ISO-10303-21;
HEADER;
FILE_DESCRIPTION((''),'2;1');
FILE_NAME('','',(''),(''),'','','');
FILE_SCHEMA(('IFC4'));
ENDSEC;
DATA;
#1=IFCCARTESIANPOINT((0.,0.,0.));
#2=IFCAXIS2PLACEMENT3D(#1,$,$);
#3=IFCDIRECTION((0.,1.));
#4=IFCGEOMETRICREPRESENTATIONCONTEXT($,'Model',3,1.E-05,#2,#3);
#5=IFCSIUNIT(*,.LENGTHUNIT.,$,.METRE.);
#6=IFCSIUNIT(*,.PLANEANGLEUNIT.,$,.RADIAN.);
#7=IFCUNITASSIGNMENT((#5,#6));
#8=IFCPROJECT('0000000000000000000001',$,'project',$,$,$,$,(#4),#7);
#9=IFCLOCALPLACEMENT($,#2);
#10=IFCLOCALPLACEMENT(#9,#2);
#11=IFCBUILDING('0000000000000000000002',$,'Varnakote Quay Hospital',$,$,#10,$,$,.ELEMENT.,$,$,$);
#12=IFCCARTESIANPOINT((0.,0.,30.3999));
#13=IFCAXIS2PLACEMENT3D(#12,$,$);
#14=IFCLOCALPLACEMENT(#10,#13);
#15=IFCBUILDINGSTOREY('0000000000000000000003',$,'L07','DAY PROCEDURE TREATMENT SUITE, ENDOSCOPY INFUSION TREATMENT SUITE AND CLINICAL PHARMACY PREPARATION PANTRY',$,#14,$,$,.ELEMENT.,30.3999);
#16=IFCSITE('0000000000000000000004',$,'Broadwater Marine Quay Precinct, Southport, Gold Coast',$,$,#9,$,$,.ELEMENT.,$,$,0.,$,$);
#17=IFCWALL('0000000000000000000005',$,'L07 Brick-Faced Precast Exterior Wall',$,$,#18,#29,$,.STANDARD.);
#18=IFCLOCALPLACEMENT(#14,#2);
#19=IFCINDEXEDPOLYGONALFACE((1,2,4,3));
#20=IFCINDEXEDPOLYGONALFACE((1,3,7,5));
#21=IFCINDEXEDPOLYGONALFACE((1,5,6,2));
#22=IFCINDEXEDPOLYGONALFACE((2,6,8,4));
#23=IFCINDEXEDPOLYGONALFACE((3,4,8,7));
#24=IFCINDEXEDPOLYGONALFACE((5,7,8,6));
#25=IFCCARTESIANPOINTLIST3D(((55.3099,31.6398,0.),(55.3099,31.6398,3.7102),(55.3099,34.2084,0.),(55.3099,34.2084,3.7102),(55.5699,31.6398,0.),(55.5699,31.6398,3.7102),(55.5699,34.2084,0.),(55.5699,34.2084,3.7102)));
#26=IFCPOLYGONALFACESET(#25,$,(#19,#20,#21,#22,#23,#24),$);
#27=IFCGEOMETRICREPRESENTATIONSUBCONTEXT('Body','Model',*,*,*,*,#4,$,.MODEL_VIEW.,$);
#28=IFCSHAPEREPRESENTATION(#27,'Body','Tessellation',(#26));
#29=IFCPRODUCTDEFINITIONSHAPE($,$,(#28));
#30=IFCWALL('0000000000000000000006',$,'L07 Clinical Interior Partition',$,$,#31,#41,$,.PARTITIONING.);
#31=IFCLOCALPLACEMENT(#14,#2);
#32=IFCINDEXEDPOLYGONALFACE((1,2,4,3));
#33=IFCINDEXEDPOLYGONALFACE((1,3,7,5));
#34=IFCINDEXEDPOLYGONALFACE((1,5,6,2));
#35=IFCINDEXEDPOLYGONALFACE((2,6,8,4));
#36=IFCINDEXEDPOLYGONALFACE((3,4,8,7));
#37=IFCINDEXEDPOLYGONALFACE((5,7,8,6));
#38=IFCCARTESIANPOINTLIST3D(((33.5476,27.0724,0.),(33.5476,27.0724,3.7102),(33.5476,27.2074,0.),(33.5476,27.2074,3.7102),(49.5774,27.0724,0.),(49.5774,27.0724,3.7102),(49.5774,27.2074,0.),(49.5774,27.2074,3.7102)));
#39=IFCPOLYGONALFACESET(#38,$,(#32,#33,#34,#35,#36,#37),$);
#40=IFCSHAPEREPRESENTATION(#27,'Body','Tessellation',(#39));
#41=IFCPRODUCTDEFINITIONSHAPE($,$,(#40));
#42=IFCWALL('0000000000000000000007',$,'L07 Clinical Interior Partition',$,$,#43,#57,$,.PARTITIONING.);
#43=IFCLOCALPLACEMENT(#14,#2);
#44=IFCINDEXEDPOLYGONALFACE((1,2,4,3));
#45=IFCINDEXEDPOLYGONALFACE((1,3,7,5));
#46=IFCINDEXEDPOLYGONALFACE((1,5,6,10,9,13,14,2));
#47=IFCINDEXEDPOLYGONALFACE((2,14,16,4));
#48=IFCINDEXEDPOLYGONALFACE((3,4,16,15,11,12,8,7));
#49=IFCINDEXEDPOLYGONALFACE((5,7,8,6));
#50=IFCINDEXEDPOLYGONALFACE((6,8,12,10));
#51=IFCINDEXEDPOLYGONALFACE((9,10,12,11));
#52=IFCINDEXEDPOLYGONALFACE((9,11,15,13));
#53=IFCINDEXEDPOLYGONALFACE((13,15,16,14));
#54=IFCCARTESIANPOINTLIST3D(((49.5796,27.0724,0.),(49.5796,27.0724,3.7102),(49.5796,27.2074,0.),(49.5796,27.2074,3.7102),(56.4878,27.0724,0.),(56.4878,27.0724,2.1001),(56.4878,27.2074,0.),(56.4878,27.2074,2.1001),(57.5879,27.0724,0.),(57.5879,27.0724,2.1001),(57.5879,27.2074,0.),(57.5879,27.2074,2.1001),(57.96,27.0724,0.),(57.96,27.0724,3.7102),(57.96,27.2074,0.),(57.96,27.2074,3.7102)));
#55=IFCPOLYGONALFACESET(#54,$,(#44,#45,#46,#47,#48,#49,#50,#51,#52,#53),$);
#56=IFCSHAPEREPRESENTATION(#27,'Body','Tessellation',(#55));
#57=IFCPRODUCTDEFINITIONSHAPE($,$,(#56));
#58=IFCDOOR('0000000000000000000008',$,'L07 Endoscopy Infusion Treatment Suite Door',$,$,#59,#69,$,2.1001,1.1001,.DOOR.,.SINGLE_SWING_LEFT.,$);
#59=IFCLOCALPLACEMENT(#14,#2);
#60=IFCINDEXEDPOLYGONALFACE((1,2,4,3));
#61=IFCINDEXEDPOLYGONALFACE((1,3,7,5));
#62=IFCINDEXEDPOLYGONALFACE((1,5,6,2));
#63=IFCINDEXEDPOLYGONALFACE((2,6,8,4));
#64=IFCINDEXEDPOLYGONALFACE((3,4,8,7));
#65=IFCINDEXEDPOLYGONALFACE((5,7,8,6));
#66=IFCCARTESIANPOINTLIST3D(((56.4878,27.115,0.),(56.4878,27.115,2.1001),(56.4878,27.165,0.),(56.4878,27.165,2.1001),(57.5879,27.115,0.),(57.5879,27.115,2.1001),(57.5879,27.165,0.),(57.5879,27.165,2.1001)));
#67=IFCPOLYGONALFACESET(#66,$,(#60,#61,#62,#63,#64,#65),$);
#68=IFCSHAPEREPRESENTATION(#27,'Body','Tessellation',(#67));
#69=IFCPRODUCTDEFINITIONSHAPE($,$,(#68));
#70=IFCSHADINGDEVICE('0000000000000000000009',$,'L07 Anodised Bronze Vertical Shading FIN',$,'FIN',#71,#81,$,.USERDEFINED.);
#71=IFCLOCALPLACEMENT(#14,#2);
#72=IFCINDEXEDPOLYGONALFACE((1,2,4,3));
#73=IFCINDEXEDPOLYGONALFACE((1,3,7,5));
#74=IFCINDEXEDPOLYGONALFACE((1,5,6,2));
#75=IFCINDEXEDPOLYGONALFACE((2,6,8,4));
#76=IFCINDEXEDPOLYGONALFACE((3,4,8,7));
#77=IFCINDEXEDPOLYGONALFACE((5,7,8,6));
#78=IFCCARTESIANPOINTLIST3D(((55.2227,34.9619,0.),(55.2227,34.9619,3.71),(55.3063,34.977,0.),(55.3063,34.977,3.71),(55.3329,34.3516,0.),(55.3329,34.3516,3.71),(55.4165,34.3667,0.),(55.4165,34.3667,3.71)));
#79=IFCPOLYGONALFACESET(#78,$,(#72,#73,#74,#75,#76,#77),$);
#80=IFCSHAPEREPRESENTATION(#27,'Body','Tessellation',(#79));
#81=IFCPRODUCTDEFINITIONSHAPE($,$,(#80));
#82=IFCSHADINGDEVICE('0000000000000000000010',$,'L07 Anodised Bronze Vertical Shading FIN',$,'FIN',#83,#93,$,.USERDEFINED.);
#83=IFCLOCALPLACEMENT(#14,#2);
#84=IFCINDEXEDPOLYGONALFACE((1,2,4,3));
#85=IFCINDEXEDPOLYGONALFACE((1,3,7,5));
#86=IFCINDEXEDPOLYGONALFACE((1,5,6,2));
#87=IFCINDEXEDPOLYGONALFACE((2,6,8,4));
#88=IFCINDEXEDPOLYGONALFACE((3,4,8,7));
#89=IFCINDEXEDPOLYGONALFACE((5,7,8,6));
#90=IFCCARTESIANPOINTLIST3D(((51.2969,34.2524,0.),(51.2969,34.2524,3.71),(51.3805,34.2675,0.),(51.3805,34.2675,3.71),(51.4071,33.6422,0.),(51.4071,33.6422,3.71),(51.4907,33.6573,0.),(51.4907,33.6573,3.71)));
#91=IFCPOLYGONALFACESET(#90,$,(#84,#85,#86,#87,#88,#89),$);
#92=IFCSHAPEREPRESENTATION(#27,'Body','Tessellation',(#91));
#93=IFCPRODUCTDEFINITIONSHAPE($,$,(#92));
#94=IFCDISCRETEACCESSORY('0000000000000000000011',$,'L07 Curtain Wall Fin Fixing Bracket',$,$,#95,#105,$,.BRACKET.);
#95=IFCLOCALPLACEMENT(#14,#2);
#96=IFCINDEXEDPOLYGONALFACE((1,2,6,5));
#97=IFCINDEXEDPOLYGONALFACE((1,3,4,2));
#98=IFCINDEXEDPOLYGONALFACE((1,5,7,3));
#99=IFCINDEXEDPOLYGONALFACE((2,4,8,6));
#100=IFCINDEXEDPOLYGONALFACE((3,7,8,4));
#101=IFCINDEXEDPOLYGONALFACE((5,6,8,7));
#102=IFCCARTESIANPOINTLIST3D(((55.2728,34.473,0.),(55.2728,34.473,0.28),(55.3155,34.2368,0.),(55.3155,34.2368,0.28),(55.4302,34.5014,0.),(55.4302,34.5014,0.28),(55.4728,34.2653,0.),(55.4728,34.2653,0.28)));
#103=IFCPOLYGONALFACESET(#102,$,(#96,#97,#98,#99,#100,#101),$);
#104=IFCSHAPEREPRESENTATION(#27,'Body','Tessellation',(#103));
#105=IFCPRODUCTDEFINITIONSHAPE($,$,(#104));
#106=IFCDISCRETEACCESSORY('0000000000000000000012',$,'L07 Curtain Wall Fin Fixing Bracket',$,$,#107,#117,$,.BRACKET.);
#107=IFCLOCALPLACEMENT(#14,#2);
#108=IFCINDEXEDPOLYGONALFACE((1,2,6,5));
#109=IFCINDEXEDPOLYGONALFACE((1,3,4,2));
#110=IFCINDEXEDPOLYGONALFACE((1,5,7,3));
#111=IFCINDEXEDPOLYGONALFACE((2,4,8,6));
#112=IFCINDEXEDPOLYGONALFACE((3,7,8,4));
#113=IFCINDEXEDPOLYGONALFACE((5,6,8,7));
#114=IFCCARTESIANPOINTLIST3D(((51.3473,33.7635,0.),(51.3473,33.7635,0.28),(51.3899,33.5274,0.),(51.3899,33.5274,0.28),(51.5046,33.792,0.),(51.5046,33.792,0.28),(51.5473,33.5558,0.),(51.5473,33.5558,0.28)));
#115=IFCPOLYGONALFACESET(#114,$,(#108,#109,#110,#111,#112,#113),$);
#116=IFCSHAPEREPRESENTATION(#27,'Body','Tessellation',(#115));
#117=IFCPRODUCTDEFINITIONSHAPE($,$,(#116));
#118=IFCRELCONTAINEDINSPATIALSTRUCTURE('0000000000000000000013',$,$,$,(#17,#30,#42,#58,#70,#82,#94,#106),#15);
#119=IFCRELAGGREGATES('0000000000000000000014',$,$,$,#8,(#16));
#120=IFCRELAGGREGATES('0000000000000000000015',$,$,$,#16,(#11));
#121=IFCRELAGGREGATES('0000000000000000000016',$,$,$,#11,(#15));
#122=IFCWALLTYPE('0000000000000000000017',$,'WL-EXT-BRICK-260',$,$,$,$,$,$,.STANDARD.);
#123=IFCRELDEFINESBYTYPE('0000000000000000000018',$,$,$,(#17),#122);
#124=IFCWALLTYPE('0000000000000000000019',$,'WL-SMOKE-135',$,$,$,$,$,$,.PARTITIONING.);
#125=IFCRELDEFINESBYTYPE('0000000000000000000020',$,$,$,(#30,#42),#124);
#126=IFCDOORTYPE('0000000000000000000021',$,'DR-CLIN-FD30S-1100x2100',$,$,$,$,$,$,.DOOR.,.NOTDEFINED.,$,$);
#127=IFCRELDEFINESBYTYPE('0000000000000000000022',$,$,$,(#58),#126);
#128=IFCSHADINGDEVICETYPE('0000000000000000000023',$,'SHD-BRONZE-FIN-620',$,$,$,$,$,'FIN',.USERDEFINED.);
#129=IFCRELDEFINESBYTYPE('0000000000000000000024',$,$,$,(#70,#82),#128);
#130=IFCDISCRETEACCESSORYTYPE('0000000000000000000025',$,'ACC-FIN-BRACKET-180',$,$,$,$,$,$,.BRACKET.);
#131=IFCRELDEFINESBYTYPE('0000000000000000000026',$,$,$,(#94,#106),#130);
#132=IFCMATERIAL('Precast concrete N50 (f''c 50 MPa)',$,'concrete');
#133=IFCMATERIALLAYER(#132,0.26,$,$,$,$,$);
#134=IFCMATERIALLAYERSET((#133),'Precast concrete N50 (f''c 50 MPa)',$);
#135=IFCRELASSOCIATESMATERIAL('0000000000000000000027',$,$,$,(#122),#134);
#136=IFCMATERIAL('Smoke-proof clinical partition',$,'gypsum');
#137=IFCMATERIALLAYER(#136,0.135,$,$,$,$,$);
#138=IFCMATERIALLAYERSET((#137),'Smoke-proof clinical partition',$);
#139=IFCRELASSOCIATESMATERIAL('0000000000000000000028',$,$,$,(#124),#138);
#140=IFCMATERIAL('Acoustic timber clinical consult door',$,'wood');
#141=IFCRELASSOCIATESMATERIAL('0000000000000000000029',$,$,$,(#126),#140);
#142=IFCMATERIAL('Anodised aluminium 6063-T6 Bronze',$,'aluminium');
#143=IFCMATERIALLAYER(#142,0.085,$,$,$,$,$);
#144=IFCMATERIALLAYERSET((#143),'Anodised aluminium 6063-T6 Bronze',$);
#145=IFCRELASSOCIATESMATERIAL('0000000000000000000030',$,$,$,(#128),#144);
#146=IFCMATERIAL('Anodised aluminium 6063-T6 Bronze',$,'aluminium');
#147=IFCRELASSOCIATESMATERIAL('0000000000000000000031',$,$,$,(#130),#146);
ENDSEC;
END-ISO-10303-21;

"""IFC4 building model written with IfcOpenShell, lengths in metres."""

from ifc_helpers import new_model, si_unit, direction, frame, frame_2d, origin, origin_2d, place, context, subcontext, project, spatial, rectangle, extrude, material, layer, layer_set, type_object, element, fill, save


model = new_model("IFC4")

# Units and contexts
model_context = context("Model", 3, precision=1e-05, world=origin(), true_north=direction((0.0, 1.0)))
body_context = subcontext(model_context, "Body", "Model", "MODEL_VIEW")
ifc_project = project(units=[si_unit("LENGTHUNIT", "METRE"), si_unit("PLANEANGLEUNIT", "RADIAN")], contexts=[model_context])

# Site, building, storey
site_placement = place(None, origin())
site = spatial("IfcSite", under=ifc_project, at=site_placement, Name="Broadwater Marine Quay Precinct, Southport, Gold Coast", CompositionType="ELEMENT", RefElevation=0.0)
building_placement = place(site_placement, origin())
building = spatial("IfcBuilding", under=site, at=building_placement, Name="Varnakote Quay Hospital", CompositionType="ELEMENT")
storey_placement = place(building_placement, frame((0.0, 0.0, 30.3999)))
storey = spatial("IfcBuildingStorey", under=building, at=storey_placement, Name="L07", Description="DAY PROCEDURE TREATMENT SUITE, ENDOSCOPY INFUSION TREATMENT SUITE AND CLINICAL PHARMACY PREPARATION PANTRY", CompositionType="ELEMENT", Elevation=30.3999)

# Walls
ifc_material_1 = material(Name="Precast concrete N50 (f'c 50 MPa)", Category="concrete")
ifc_layer_1 = layer(ifc_material_1, 0.26)
ifc_layer_set_1 = layer_set([ifc_layer_1], Name="Precast concrete N50 (f'c 50 MPa)")
wall_type_1 = type_object("IfcWallType", Name="WL-EXT-BRICK-260", PredefinedType="STANDARD", material=ifc_layer_set_1)
wall_1_placement = place(storey_placement, frame((55.4399, 31.6399, 0.0), z_axis=(0.0, 0.0, 1.0), x_axis=(0.0, 1.0, 0.0)))
element("IfcWall", 1, at=wall_1_placement, inside=storey, type_object=wall_type_1, Name="L07 Brick-Faced Precast Exterior Wall", PredefinedType="STANDARD", context=body_context, shape_type="SweptSolid", body=[
    extrude(rectangle(XDim=2.5686, YDim=0.26, at=frame_2d((1.2842, 0.0))), origin(), (0.0, 0.0, 1.0), 3.7102),
])
ifc_material_2 = material(Name="Smoke-proof clinical partition", Category="gypsum")
ifc_layer_2 = layer(ifc_material_2, 0.135)
ifc_layer_set_2 = layer_set([ifc_layer_2], Name="Smoke-proof clinical partition")
wall_type_2 = type_object("IfcWallType", Name="WL-SMOKE-135", PredefinedType="PARTITIONING", material=ifc_layer_set_2)
wall_2_placement = place(storey_placement, frame((49.5774, 27.1399, 0.0), z_axis=(0.0, 0.0, 1.0), x_axis=(-1.0, 0.0, 0.0)))
element("IfcWall", 2, at=wall_2_placement, inside=storey, type_object=wall_type_2, Name="L07 Clinical Interior Partition", PredefinedType="PARTITIONING", context=body_context, shape_type="SweptSolid", body=[
    extrude(rectangle(XDim=16.0298, YDim=0.135, at=frame_2d((8.0149, 0.0))), origin(), (0.0, 0.0, 1.0), 3.7102),
])

# Wall, opening, door
wall_3_placement = place(storey_placement, frame((57.96, 27.1399, 0.0), z_axis=(0.0, 0.0, 1.0), x_axis=(-1.0, 0.0, 0.0)))
wall_3 = element("IfcWall", 3, at=wall_3_placement, inside=storey, type_object=wall_type_2, Name="L07 Clinical Interior Partition", PredefinedType="PARTITIONING", context=body_context, shape_type="SweptSolid", body=[
    extrude(rectangle(XDim=8.3804, YDim=0.135, at=frame_2d((4.1902, 0.0))), origin(), (0.0, 0.0, 1.0), 3.7102),
])
opening_placement = place(wall_3_placement, frame((0.3721, 0.0, 0.0)))
opening = element("IfcOpeningElement", 4, at=opening_placement, cuts=wall_3, PredefinedType="OPENING", context=body_context, shape_type="SweptSolid", body=[
    extrude(rectangle(XDim=1.1001, YDim=2.1001, at=frame_2d((0.55, 1.05))), frame((0.0, 0.0774, 0.0), z_axis=(0.0, -1.0, 0.0), x_axis=(1.0, 0.0, 0.0)), (0.0, 0.0, 1.0), 0.155),
])
ifc_material_3 = material(Name="Acoustic timber clinical consult door", Category="wood")
door_type = type_object("IfcDoorType", Name="DR-CLIN-FD30S-1100x2100", OperationType="NOTDEFINED", PredefinedType="DOOR", material=ifc_material_3)
door_placement = place(opening_placement, origin())
door = element("IfcDoor", 5, at=door_placement, inside=storey, type_object=door_type, Name="L07 Endoscopy Infusion Treatment Suite Door", OperationType="SINGLE_SWING_LEFT", OverallHeight=2.1001, OverallWidth=1.1001, PredefinedType="DOOR", context=body_context, shape_type="SweptSolid", body=[
    extrude(rectangle(XDim=1.1001, YDim=2.1001, at=frame_2d((0.55, 1.05))), frame((0.0, 0.0249, 0.0), z_axis=(0.0, -1.0, 0.0), x_axis=(1.0, 0.0, 0.0)), (0.0, 0.0, 1.0), 0.05),
])
fill(opening, door)

# Shading devices
ifc_material_4 = material(Name="Anodised aluminium 6063-T6 Bronze", Category="aluminium")
ifc_layer_3 = layer(ifc_material_4, 0.085)
ifc_layer_set_3 = layer_set([ifc_layer_3], Name="Anodised aluminium 6063-T6 Bronze")
shading_device_type = type_object("IfcShadingDeviceType", Name="SHD-BRONZE-FIN-620", ElementType="FIN", PredefinedType="USERDEFINED", material=ifc_layer_set_3)
for number, where, z_axis, x_axis, name in (
    (6, (55.3196, 34.6643, 0.0), (0.0, 0.0, 1.0), (0.177772, -0.984072, 0.0), "L07 Anodised Bronze Vertical Shading FIN"),
    (7, (51.3938, 33.9548, 0.0), (0.0, 0.0, 1.0), (0.177772, -0.984072, 0.0), "L07 Anodised Bronze Vertical Shading FIN"),
):
    element("IfcShadingDevice", number, at=place(storey_placement, frame(where, z_axis=z_axis, x_axis=x_axis)), inside=storey, type_object=shading_device_type, Name=name, ObjectType="FIN", PredefinedType="USERDEFINED", context=body_context, shape_type="SweptSolid", body=[
        extrude(rectangle(XDim=0.6201, YDim=0.085, at=origin_2d()), origin(), (0.0, 0.0, 1.0), 3.71),
    ])

# Discrete accessories
ifc_material_5 = material(Name="Anodised aluminium 6063-T6 Bronze", Category="aluminium")
discrete_accessory_type = type_object("IfcDiscreteAccessoryType", Name="ACC-FIN-BRACKET-180", PredefinedType="BRACKET", material=ifc_material_5)
for number, where, z_axis, x_axis, name in (
    (8, (55.3728, 34.3691, 0.0), (0.0, 0.0, 1.0), (-0.984072, -0.177772, 0.0), "L07 Curtain Wall Fin Fixing Bracket"),
    (9, (51.4473, 33.6597, 0.0), (0.0, 0.0, 1.0), (-0.984072, -0.177772, 0.0), "L07 Curtain Wall Fin Fixing Bracket"),
):
    element("IfcDiscreteAccessory", number, at=place(storey_placement, frame(where, z_axis=z_axis, x_axis=x_axis)), inside=storey, type_object=discrete_accessory_type, Name=name, PredefinedType="BRACKET", context=body_context, shape_type="SweptSolid", body=[
        extrude(rectangle(XDim=0.1599, YDim=0.24, at=origin_2d()), origin(), (0.0, 0.0, 1.0), 0.28),
    ])

save(model, "model.ifc")
